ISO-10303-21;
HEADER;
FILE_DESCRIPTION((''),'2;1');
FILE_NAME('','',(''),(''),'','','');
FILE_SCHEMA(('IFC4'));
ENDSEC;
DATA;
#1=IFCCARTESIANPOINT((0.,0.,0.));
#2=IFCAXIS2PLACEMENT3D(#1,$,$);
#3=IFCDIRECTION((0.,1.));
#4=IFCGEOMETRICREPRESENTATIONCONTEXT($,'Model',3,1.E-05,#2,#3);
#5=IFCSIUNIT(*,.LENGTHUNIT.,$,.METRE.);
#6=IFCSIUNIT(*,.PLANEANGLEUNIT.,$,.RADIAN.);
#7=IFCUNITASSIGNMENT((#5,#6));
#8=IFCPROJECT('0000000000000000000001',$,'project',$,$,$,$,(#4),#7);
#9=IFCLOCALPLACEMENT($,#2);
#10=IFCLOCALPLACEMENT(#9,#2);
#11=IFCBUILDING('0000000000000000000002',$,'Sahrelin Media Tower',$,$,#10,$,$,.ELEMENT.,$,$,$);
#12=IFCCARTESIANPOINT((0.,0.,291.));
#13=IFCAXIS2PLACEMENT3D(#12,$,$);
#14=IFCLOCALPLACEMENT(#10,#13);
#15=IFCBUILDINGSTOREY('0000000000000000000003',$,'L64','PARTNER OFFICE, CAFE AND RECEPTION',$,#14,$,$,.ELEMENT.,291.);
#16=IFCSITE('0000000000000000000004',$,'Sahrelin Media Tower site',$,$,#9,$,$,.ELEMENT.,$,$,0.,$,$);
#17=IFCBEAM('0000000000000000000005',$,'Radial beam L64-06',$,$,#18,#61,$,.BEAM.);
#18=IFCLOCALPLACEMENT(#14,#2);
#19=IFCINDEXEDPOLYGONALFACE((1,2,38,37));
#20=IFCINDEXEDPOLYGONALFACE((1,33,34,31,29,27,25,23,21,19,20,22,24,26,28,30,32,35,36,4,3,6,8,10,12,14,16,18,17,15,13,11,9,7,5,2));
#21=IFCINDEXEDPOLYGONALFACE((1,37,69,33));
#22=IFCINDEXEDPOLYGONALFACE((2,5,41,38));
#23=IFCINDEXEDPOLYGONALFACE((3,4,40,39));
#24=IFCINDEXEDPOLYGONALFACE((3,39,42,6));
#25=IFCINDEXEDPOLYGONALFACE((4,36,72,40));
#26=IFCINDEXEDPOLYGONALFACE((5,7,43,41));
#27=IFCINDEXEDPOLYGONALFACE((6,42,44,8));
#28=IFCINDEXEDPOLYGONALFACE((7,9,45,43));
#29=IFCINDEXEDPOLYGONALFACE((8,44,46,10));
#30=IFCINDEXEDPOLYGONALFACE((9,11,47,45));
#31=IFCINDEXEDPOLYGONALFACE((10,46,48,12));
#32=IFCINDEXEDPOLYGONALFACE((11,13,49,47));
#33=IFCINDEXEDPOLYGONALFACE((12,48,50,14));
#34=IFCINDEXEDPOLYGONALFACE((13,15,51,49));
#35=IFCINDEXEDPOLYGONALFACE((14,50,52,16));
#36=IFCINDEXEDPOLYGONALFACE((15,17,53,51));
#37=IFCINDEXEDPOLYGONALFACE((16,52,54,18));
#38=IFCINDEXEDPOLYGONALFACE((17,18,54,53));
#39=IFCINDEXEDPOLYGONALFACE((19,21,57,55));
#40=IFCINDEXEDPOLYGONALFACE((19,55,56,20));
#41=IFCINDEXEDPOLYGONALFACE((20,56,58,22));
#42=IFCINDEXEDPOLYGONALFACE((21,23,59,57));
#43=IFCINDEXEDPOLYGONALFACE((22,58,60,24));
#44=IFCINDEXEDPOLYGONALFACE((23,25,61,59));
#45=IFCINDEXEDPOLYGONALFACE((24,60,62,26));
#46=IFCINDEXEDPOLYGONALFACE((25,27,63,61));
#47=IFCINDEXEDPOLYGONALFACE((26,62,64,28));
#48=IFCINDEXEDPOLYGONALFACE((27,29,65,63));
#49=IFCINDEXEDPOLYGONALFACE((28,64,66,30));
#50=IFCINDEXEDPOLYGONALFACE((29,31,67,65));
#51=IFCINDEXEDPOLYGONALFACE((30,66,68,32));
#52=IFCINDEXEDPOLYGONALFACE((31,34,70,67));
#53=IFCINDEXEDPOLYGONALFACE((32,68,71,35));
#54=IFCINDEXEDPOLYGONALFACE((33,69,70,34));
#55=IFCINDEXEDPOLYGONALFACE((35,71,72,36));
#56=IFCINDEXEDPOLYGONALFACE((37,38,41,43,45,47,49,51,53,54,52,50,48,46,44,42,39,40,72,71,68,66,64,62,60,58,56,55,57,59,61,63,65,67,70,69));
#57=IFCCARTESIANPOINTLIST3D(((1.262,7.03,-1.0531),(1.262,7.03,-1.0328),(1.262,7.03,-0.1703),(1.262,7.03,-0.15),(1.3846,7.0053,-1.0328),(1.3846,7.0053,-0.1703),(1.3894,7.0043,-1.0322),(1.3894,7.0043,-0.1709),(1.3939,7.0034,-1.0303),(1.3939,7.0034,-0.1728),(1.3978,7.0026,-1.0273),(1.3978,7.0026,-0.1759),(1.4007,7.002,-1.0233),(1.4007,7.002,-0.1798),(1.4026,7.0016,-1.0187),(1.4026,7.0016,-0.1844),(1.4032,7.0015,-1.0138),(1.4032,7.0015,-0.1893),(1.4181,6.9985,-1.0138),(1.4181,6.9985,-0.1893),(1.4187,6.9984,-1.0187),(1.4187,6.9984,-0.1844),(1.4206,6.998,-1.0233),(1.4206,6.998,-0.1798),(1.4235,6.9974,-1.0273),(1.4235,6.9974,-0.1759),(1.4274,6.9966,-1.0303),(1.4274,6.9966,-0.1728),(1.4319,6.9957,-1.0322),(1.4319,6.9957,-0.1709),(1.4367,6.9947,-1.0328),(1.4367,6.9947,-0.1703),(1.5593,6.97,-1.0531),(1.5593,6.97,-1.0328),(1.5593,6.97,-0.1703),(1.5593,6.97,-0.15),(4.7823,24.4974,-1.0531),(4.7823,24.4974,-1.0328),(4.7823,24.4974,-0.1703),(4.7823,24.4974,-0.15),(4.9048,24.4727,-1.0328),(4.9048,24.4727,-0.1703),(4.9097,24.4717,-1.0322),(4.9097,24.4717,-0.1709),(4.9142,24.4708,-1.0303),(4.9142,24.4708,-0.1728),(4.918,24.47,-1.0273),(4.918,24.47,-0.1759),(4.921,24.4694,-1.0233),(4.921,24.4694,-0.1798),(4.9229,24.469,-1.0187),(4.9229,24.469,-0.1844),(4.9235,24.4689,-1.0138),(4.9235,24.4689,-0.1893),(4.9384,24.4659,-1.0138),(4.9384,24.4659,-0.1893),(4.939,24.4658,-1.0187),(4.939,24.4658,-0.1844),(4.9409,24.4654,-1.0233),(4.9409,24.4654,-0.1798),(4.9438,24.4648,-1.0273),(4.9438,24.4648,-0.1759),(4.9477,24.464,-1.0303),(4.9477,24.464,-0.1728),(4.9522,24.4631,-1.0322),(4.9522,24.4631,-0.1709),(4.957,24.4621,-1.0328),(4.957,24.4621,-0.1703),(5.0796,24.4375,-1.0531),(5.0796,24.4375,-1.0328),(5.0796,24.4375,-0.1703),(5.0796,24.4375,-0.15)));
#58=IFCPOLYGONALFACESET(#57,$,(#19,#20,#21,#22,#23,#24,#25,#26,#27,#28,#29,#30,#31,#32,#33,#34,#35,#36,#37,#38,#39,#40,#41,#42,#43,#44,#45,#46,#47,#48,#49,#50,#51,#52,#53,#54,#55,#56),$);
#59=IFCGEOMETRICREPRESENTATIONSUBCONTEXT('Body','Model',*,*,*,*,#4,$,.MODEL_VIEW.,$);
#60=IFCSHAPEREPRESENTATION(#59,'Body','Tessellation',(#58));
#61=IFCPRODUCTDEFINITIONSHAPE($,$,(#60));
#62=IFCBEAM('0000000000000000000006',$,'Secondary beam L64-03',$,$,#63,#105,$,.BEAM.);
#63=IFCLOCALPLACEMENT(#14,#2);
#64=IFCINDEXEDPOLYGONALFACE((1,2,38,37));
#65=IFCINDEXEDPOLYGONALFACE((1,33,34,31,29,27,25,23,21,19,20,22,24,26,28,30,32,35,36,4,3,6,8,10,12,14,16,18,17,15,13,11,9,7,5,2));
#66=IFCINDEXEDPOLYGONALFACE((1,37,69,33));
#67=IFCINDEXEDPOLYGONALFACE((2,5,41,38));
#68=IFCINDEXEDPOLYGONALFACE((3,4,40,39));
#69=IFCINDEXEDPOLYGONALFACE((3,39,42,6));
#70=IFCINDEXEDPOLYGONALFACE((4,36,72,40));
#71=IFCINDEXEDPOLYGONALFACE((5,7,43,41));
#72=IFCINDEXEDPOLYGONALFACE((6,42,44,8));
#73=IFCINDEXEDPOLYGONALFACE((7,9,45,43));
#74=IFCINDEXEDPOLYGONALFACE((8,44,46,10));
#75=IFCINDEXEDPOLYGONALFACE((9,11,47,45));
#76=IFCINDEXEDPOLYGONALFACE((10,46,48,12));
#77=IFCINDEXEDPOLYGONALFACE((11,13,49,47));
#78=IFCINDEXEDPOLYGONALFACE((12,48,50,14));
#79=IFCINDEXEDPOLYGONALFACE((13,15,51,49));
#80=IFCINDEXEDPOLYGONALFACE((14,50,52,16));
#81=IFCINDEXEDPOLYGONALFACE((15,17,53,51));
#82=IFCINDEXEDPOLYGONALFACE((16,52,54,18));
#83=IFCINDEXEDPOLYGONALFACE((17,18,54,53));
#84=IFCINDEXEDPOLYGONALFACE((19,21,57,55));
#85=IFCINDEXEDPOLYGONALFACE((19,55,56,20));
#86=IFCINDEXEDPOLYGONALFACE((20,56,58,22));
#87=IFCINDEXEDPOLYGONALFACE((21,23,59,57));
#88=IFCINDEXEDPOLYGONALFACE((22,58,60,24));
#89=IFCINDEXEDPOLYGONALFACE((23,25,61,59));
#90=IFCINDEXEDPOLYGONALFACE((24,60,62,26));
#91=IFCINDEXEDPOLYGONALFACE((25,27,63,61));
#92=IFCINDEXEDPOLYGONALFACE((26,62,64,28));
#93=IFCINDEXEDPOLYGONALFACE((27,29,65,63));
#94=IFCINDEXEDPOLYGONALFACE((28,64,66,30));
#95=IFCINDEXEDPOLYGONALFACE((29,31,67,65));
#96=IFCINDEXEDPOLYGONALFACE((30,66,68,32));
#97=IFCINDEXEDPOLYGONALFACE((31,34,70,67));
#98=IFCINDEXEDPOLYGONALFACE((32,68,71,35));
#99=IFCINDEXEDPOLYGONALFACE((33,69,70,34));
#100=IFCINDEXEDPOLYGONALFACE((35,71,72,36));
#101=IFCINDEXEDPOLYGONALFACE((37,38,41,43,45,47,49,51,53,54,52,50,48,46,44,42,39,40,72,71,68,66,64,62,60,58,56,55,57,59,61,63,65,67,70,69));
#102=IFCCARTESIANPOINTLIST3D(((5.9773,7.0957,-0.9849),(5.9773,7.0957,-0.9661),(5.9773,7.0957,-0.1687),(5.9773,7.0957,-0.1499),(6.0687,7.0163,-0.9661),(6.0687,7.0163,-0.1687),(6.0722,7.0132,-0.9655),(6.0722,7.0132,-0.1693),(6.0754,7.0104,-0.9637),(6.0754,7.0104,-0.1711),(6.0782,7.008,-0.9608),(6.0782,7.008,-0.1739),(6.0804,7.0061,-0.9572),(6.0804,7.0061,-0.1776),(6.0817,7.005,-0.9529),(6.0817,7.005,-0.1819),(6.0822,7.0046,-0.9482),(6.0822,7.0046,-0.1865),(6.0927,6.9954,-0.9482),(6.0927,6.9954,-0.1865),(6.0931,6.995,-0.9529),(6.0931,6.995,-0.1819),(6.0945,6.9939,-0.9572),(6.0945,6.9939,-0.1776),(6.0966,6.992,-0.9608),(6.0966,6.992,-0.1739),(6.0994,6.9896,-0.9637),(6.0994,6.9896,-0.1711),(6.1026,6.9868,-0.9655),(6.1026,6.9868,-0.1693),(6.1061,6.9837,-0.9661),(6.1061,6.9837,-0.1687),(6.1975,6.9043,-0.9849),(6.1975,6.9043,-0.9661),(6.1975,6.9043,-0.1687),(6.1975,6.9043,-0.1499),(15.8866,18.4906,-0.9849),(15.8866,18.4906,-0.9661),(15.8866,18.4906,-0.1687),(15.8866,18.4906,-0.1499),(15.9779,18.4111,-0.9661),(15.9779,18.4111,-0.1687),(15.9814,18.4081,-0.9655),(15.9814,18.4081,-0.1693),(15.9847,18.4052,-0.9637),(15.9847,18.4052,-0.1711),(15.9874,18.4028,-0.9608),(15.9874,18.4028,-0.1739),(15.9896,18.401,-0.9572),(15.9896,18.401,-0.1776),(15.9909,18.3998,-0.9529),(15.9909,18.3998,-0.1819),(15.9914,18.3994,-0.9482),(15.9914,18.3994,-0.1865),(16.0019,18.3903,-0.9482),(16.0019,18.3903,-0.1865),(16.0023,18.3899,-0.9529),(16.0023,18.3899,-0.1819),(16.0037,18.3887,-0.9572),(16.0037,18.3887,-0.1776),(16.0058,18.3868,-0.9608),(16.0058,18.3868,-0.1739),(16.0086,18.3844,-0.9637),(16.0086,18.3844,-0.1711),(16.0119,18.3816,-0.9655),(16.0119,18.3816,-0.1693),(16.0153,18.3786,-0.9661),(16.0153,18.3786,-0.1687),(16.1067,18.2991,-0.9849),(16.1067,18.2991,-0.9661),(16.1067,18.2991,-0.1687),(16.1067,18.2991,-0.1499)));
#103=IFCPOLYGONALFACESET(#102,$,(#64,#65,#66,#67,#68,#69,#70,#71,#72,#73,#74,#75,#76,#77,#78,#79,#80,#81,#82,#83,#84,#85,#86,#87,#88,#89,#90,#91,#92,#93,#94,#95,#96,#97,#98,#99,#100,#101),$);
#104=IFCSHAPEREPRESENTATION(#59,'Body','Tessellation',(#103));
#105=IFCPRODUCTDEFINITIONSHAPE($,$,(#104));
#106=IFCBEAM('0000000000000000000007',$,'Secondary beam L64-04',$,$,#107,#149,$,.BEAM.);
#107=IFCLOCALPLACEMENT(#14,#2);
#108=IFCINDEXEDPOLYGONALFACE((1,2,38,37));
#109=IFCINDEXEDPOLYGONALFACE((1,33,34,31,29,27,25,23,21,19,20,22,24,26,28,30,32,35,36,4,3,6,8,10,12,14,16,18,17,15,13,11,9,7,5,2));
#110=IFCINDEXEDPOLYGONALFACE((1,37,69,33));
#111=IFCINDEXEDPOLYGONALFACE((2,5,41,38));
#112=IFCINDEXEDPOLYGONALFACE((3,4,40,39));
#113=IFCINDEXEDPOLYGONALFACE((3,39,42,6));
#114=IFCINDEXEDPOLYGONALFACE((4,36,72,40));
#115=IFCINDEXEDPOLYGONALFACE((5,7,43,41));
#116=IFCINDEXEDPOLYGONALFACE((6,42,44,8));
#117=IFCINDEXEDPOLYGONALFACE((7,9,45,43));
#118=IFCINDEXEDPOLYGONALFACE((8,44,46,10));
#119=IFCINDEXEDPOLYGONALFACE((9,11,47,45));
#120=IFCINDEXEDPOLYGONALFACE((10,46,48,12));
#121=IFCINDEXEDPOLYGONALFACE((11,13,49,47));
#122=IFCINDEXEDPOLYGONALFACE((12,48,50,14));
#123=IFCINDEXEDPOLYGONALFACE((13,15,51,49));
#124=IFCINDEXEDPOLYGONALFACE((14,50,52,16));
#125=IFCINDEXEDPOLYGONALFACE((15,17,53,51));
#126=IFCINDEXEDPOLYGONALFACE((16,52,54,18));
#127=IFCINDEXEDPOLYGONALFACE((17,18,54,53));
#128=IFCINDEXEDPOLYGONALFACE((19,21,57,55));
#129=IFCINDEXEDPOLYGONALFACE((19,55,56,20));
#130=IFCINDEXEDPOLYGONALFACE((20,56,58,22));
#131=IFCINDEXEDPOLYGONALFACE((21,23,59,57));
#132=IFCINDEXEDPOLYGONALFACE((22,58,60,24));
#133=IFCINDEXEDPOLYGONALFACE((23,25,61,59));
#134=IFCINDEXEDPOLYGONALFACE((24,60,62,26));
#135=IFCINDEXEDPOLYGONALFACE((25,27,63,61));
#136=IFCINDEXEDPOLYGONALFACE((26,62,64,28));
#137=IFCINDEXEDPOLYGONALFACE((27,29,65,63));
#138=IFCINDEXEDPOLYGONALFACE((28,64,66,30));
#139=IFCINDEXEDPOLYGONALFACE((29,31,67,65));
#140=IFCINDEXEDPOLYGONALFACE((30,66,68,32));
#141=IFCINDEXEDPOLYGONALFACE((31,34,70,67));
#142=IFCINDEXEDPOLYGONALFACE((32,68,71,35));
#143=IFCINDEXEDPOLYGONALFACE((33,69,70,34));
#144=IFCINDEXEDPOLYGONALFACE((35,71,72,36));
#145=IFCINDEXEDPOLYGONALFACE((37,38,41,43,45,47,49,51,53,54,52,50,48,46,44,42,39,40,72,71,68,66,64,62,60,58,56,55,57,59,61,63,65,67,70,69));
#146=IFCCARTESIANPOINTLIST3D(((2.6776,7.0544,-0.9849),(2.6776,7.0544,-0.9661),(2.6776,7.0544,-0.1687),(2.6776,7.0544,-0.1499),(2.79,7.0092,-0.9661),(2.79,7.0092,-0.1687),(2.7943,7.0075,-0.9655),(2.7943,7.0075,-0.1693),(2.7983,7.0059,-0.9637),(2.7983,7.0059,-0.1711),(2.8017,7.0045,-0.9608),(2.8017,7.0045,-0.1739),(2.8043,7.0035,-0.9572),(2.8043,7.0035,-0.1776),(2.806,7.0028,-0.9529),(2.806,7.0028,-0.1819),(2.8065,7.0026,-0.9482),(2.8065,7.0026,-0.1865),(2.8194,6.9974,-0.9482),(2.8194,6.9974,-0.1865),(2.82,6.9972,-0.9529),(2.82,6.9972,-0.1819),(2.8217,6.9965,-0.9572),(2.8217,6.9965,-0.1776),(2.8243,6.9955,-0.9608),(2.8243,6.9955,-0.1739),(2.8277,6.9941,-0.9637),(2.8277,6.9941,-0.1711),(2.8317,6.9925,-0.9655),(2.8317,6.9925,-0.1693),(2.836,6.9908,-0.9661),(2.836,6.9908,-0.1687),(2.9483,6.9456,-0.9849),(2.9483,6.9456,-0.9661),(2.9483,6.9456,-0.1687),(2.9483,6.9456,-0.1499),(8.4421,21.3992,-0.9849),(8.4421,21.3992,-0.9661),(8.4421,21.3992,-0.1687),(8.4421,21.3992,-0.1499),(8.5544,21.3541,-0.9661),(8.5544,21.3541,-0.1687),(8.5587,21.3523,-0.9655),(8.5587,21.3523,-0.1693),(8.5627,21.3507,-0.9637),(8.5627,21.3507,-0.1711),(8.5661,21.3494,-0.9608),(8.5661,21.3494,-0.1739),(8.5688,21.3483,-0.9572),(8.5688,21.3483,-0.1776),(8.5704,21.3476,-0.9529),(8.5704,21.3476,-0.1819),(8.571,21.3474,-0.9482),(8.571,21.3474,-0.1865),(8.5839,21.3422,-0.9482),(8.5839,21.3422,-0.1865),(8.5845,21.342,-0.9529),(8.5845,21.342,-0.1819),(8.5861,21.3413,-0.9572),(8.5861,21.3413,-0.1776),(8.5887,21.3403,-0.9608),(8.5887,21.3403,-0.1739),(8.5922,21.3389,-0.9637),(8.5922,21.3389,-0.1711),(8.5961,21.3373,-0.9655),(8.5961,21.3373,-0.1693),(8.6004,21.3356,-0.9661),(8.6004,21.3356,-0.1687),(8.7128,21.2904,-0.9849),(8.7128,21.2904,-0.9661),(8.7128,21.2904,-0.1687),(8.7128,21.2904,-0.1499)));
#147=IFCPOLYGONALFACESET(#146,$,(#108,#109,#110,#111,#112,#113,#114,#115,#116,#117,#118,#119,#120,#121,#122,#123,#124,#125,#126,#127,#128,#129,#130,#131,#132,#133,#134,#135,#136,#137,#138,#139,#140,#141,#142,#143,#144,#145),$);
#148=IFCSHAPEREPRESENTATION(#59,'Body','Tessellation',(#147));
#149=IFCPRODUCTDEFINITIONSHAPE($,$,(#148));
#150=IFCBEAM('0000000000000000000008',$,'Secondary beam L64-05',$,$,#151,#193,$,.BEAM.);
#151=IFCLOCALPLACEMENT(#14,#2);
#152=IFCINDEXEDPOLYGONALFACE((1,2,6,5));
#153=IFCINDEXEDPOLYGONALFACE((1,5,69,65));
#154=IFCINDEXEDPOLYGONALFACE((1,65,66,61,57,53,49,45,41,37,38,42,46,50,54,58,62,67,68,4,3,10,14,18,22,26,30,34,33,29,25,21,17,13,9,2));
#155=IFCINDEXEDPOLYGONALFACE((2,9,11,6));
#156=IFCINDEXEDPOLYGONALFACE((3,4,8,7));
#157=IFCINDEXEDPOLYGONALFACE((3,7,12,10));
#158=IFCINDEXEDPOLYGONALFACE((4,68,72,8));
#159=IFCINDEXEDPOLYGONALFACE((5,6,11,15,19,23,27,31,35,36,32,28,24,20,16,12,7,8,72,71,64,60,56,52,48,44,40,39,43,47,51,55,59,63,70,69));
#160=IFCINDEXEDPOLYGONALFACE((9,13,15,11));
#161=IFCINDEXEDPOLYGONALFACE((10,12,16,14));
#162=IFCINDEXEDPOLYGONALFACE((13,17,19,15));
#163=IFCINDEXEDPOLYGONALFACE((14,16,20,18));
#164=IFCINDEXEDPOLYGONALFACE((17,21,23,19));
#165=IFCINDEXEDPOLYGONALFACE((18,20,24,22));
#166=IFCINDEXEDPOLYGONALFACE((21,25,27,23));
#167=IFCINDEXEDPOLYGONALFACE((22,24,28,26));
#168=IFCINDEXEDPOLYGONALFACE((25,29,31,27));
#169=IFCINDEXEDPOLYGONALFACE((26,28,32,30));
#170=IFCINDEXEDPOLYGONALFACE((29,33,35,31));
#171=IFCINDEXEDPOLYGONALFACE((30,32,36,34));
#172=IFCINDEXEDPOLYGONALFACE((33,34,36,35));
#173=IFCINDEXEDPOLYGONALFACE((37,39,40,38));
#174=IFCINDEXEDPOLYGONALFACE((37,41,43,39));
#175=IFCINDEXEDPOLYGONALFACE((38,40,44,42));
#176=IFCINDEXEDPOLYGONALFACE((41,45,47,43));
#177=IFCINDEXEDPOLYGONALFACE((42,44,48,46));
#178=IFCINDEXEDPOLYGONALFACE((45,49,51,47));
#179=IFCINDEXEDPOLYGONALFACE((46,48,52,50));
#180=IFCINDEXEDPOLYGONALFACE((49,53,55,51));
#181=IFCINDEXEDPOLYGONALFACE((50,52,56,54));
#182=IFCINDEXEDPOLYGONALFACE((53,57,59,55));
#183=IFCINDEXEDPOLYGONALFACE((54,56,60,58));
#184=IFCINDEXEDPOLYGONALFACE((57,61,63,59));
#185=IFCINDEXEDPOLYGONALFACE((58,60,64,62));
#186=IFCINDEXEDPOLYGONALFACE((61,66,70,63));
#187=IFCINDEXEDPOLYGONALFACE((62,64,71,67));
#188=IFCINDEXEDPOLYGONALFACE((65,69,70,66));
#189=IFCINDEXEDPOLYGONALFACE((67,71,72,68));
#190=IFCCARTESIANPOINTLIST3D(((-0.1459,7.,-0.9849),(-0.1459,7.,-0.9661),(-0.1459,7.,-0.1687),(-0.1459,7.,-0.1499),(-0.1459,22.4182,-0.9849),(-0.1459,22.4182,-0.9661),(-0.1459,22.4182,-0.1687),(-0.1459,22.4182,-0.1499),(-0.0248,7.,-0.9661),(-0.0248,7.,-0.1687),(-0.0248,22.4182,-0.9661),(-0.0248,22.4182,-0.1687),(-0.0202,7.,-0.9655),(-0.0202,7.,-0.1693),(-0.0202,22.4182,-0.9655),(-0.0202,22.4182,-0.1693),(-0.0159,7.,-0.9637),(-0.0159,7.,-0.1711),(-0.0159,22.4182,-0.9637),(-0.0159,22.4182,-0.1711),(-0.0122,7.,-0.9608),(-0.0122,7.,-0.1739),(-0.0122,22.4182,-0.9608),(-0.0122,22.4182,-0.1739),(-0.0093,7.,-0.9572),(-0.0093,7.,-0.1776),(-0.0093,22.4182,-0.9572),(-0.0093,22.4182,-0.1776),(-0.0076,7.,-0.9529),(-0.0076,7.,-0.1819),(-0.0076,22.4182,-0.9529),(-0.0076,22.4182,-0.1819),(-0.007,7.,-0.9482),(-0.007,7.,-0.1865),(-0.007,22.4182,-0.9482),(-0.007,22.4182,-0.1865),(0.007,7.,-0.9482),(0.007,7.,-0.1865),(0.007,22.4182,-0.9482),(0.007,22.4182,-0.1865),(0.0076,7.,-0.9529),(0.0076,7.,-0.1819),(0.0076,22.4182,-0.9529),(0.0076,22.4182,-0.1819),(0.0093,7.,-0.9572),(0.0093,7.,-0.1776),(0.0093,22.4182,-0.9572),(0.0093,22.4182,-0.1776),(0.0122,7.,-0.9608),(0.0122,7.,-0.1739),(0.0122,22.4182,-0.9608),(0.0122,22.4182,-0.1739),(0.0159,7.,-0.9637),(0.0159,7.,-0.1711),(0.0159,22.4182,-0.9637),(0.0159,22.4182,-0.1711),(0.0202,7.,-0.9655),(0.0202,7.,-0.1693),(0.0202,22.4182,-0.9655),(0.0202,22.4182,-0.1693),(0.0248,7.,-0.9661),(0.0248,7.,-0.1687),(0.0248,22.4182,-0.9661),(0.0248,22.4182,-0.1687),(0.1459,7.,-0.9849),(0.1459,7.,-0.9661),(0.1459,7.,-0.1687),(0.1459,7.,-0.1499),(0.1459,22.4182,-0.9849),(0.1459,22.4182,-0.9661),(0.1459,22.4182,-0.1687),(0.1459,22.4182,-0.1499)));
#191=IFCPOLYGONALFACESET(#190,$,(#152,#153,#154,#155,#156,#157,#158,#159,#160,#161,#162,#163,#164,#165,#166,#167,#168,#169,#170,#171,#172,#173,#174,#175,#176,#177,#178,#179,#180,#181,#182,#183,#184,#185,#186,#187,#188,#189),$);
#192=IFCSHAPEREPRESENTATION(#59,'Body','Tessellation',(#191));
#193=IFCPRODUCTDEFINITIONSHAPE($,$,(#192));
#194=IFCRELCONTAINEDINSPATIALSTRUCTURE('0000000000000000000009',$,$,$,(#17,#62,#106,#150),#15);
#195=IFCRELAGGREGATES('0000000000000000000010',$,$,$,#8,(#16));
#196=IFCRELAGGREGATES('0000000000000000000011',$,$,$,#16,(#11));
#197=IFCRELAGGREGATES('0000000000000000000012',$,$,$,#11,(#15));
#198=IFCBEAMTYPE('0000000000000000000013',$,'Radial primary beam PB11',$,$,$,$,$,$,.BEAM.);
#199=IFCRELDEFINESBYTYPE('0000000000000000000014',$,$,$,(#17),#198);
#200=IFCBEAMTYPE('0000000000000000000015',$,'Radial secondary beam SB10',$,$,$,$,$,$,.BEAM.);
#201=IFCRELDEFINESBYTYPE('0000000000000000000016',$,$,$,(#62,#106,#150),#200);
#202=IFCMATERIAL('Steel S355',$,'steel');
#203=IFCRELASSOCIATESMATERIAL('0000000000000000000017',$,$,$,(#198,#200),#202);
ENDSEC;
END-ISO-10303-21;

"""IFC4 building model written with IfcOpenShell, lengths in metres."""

from ifc_helpers import new_model, si_unit, direction, frame, origin, origin_2d, place, context, subcontext, project, spatial, i_section, extrude, material, material_profile, profile_set, type_object, element, save


model = new_model("IFC4")

# Units and contexts
model_context = context("Model", 3, precision=1e-05, world=origin(), true_north=direction((0.0, 1.0)))
body_context = subcontext(model_context, "Body", "Model", "MODEL_VIEW")
ifc_project = project(units=[si_unit("LENGTHUNIT", "METRE"), si_unit("PLANEANGLEUNIT", "RADIAN")], contexts=[model_context])

# Site, building, storey
site_placement = place(None, origin())
site = spatial("IfcSite", under=ifc_project, at=site_placement, Name="Sahrelin Media Tower site", CompositionType="ELEMENT", RefElevation=0.0)
building_placement = place(site_placement, origin())
building = spatial("IfcBuilding", under=site, at=building_placement, Name="Sahrelin Media Tower", CompositionType="ELEMENT")
storey_placement = place(building_placement, frame((0.0, 0.0, 291.0)))
storey = spatial("IfcBuildingStorey", under=building, at=storey_placement, Name="L64", Description="PARTNER OFFICE, CAFE AND RECEPTION", CompositionType="ELEMENT", Elevation=291.0)

# Shared definitions
ifc_material_1 = material(Name="Steel S355", Category="steel")

# Beams
ifc_material_profile_1 = material_profile(ifc_material_1, i_section(OverallWidth=0.3032, OverallDepth=0.9031, WebThickness=0.0151, FlangeThickness=0.0203, FilletRadius=0.019, at=origin_2d()), Name="UB 914x305x201")
ifc_profile_set_1 = profile_set([ifc_material_profile_1], Name="Steel S355")
beam_type_1 = type_object("IfcBeamType", Name="Radial primary beam PB11", PredefinedType="BEAM", material=ifc_profile_set_1)
beam_1_placement = place(storey_placement, frame((1.4106, 7.0, -0.6016), z_axis=(0.197562, 0.98029, 0.0), x_axis=(-0.98029, 0.197562, 0.0)))
element("IfcBeam", 1, at=beam_1_placement, inside=storey, type_object=beam_type_1, Name="Radial beam L64-06", PredefinedType="BEAM", context=body_context, shape_type="SweptSolid", body=[
    extrude(i_section(OverallWidth=0.3032, OverallDepth=0.9031, WebThickness=0.0151, FlangeThickness=0.0203, FilletRadius=0.019, at=origin_2d()), origin(), (0.0, 0.0, 1.0), 17.8186),
])
ifc_material_profile_2 = material_profile(ifc_material_1, i_section(OverallWidth=0.2917, OverallDepth=0.835, WebThickness=0.0139, FlangeThickness=0.0188, FilletRadius=0.0178, at=origin_2d()), Name="UB 838x292x176")
ifc_profile_set_2 = profile_set([ifc_material_profile_2], Name="Steel S355")
beam_type_2 = type_object("IfcBeamType", Name="Radial secondary beam SB10", PredefinedType="BEAM", material=ifc_profile_set_2)
beam_2_placement = place(storey_placement, frame((6.0874, 7.0, -0.5674), z_axis=(0.656204, 0.754583, 0.0), x_axis=(-0.754583, 0.656204, 0.0)))
element("IfcBeam", 2, at=beam_2_placement, inside=storey, type_object=beam_type_2, Name="Secondary beam L64-03", PredefinedType="BEAM", context=body_context, shape_type="SweptSolid", body=[
    extrude(i_section(OverallWidth=0.2917, OverallDepth=0.835, WebThickness=0.0139, FlangeThickness=0.0188, FilletRadius=0.0178, at=origin_2d()), origin(), (0.0, 0.0, 1.0), 15.1008),
])
beam_3_placement = place(storey_placement, frame((2.813, 7.0, -0.5674), z_axis=(0.372869, 0.927884, 0.0), x_axis=(-0.927884, 0.372869, 0.0)))
element("IfcBeam", 3, at=beam_3_placement, inside=storey, type_object=beam_type_2, Name="Secondary beam L64-04", PredefinedType="BEAM", context=body_context, shape_type="SweptSolid", body=[
    extrude(i_section(OverallWidth=0.2917, OverallDepth=0.835, WebThickness=0.0139, FlangeThickness=0.0188, FilletRadius=0.0178, at=origin_2d()), origin(), (0.0, 0.0, 1.0), 15.4597),
])
beam_4_placement = place(storey_placement, frame((0.0, 7.0, -0.5674), z_axis=(0.0, 1.0, 0.0), x_axis=(-1.0, 0.0, 0.0)))
element("IfcBeam", 4, at=beam_4_placement, inside=storey, type_object=beam_type_2, Name="Secondary beam L64-05", PredefinedType="BEAM", context=body_context, shape_type="SweptSolid", body=[
    extrude(i_section(OverallWidth=0.2917, OverallDepth=0.835, WebThickness=0.0139, FlangeThickness=0.0188, FilletRadius=0.0178, at=origin_2d()), origin(), (0.0, 0.0, 1.0), 15.4182),
])

save(model, "model.ifc")
